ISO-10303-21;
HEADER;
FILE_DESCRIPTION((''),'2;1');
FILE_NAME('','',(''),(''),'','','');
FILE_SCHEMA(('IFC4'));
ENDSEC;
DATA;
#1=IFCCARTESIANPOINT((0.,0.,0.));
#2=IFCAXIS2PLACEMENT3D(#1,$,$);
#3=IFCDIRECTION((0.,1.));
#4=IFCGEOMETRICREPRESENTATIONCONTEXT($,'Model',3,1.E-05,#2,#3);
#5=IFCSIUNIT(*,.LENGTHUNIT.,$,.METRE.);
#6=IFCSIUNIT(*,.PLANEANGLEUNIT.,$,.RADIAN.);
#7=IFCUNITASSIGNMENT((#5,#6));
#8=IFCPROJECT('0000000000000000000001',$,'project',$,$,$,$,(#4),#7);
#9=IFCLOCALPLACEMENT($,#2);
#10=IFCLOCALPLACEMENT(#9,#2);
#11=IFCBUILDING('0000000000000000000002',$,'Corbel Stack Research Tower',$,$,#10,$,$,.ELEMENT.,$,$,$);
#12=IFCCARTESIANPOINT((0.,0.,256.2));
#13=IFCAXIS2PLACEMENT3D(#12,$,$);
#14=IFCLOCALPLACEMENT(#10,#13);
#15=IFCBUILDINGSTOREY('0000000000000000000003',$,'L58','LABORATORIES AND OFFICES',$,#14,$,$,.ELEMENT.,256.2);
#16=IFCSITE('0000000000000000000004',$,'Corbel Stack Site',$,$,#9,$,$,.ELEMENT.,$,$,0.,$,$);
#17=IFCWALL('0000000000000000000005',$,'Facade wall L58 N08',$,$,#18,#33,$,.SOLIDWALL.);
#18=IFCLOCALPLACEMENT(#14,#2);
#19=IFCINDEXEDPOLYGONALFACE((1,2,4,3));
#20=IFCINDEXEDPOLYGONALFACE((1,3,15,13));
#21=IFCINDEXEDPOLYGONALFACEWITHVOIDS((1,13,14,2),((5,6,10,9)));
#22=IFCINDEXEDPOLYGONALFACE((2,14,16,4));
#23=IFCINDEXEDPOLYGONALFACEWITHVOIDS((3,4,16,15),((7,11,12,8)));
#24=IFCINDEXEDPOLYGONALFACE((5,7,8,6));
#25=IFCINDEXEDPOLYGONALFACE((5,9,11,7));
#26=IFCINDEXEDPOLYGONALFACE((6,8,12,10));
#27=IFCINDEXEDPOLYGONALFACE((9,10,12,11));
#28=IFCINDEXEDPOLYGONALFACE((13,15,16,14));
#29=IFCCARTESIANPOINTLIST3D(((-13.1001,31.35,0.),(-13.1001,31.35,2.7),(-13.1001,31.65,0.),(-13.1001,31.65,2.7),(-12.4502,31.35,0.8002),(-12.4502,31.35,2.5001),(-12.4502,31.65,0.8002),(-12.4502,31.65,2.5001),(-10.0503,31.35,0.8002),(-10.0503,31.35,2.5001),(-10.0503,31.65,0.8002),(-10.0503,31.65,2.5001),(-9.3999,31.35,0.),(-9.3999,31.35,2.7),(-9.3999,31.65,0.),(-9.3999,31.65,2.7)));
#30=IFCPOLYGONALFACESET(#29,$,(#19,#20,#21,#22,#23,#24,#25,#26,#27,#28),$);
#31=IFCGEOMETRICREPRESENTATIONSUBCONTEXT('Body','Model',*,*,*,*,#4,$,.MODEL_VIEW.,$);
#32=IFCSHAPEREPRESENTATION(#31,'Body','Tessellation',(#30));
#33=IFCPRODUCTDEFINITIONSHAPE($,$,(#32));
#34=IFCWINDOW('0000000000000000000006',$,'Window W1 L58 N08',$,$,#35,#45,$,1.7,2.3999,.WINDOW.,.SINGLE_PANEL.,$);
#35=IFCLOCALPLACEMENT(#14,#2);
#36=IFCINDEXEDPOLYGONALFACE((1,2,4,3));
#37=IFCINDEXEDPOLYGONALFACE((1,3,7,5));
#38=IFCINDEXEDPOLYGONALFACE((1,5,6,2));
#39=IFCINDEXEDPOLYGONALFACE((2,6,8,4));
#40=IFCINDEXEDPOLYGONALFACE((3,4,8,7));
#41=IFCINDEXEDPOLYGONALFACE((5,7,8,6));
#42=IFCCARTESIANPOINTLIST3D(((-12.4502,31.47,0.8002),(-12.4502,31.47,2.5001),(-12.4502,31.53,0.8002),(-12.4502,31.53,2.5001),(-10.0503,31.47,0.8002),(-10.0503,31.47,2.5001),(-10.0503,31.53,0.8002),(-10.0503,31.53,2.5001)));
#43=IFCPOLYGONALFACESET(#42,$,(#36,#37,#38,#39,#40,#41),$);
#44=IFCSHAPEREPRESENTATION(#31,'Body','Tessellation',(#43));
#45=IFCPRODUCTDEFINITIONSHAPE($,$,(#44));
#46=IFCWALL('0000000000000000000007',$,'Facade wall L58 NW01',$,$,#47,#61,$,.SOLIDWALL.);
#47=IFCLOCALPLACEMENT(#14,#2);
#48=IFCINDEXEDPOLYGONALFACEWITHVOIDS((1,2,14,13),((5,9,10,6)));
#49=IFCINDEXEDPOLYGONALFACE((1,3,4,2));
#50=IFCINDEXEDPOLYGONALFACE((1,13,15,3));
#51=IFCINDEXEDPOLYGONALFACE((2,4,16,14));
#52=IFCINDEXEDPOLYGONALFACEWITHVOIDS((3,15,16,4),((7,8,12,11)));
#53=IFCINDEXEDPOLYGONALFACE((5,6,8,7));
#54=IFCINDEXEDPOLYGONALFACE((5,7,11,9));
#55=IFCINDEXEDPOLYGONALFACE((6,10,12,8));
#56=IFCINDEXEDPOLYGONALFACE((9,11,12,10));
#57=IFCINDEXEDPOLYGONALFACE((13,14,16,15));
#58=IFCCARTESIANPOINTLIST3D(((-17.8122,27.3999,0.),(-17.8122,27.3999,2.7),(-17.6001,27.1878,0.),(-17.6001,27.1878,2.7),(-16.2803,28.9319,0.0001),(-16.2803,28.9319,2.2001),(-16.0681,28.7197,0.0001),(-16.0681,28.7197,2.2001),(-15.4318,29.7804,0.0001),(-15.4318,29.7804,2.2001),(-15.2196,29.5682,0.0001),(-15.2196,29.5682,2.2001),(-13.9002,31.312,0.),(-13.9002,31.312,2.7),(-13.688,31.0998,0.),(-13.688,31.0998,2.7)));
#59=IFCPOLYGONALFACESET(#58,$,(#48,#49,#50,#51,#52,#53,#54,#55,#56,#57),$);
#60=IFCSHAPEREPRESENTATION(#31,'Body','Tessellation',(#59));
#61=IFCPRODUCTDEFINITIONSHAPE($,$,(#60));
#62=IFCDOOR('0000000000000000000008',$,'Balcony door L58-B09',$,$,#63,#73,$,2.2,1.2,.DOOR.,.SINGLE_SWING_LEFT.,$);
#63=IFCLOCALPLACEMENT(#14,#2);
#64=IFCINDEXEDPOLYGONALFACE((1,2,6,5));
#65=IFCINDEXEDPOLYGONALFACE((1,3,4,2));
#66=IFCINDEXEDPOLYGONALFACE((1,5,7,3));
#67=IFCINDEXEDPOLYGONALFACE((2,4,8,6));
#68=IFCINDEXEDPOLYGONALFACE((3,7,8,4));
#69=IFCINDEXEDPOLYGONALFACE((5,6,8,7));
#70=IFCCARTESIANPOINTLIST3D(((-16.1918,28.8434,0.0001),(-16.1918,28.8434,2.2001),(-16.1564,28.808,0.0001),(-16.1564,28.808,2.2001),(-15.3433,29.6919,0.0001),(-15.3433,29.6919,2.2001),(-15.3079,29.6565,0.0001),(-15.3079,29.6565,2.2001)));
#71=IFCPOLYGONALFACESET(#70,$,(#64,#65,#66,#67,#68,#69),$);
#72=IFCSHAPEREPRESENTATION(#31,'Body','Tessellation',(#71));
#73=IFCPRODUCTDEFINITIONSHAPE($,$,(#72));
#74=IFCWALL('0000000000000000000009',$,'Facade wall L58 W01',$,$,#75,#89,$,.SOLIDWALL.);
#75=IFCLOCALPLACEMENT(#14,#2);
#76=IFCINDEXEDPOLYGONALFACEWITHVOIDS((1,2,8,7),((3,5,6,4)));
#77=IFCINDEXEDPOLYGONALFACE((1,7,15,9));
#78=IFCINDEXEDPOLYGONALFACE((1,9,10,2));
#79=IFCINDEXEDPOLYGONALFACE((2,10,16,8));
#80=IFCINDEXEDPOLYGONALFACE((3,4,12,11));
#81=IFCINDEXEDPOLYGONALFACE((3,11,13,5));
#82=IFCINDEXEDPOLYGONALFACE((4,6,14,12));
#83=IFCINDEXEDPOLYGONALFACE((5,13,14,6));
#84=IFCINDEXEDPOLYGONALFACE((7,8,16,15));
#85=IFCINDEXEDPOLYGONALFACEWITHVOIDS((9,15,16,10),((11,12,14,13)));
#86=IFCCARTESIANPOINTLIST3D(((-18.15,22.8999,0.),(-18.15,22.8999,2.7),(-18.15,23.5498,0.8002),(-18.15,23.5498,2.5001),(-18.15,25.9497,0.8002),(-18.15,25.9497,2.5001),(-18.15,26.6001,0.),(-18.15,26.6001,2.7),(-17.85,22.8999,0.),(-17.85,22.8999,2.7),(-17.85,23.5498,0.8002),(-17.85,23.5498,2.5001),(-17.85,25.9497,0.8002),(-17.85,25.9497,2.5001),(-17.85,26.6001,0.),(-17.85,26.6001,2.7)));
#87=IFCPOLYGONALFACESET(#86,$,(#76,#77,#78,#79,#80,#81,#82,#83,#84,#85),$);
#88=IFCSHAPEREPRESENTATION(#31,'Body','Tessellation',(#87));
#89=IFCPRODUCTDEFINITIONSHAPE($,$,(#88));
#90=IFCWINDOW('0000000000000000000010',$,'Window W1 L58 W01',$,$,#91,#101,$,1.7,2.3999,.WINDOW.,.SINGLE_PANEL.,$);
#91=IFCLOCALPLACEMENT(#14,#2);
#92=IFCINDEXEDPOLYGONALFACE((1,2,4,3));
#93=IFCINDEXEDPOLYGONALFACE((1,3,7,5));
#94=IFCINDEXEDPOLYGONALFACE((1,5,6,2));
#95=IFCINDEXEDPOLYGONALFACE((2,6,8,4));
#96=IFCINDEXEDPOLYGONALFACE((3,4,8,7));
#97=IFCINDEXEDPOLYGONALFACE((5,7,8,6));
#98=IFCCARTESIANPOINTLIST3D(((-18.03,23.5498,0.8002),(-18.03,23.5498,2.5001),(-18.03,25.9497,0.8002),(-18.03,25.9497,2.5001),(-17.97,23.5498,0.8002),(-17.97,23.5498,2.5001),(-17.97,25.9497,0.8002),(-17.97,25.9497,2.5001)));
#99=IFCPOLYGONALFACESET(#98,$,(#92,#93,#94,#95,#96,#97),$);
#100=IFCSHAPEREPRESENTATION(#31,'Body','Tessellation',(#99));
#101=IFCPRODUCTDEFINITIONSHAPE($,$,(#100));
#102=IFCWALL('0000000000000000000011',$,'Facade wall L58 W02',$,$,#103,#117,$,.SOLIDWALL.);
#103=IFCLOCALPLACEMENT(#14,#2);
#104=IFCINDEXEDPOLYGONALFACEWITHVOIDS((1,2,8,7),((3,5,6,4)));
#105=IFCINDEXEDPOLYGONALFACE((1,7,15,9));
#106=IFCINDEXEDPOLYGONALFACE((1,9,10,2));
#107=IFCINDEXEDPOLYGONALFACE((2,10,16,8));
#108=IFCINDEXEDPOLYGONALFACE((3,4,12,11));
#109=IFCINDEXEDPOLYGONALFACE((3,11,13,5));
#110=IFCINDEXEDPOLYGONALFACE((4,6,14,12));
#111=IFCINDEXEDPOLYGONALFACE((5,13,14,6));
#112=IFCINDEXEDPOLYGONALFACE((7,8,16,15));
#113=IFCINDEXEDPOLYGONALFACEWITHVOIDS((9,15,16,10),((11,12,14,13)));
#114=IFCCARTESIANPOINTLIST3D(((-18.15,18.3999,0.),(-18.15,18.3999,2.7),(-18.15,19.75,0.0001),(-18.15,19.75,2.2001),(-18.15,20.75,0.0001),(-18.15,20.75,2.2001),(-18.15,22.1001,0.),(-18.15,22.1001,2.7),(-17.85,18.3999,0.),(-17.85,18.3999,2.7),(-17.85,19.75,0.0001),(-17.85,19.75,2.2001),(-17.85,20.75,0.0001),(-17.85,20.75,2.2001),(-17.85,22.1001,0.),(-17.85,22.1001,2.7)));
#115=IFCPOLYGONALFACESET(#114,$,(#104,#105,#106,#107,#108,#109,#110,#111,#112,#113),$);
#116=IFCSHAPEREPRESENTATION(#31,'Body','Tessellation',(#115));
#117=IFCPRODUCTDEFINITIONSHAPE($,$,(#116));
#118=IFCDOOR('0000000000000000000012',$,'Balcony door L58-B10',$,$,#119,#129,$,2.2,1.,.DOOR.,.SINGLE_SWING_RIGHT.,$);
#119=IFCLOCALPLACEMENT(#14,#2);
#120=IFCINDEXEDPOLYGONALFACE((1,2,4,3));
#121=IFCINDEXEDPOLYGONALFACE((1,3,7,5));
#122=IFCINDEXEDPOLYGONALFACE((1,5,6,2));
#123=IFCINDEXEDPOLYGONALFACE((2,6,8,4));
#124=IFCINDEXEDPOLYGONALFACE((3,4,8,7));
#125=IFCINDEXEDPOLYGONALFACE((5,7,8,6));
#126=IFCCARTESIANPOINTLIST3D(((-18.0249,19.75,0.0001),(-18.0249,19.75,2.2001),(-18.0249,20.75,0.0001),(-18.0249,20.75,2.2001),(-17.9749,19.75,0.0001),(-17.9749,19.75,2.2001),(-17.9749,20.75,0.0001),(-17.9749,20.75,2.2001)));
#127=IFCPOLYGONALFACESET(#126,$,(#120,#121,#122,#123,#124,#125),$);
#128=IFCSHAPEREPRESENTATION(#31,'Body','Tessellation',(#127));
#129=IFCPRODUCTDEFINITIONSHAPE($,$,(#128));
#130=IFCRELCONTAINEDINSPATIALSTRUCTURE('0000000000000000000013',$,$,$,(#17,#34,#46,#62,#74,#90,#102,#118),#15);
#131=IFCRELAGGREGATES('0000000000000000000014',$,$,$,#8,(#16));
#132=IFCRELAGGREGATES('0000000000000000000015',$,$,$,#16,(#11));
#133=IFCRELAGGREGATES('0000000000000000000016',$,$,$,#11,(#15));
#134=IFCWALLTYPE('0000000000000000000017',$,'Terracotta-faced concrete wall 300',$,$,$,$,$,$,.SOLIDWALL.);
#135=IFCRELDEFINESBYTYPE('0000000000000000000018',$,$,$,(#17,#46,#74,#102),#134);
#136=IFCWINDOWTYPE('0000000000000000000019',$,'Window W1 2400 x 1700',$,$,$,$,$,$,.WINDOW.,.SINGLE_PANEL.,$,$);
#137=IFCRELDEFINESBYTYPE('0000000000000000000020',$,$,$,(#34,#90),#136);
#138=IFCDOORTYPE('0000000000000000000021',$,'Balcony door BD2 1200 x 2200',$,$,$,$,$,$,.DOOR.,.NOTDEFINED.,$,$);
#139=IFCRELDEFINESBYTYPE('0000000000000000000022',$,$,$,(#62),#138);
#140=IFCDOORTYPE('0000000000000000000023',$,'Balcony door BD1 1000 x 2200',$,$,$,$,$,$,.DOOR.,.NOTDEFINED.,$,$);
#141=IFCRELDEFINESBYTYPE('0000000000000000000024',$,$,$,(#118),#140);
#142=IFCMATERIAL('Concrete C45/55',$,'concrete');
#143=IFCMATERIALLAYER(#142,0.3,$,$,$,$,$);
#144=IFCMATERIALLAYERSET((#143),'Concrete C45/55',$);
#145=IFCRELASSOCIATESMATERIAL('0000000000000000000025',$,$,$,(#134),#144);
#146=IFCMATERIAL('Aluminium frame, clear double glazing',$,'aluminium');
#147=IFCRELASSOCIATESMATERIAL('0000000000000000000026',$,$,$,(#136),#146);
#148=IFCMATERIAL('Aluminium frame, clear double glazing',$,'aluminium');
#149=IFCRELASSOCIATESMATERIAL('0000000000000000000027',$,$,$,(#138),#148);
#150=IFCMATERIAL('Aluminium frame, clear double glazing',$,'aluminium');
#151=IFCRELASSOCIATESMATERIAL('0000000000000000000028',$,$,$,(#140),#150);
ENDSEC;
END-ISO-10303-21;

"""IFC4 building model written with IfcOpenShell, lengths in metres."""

from ifc_helpers import new_model, si_unit, direction, frame, frame_2d, origin, place, context, subcontext, project, spatial, rectangle, extrude, material, layer, layer_set, type_object, element, fill, save


model = new_model("IFC4")

# Units and contexts
model_context = context("Model", 3, precision=1e-05, world=origin(), true_north=direction((0.0, 1.0)))
body_context = subcontext(model_context, "Body", "Model", "MODEL_VIEW")
ifc_project = project(units=[si_unit("LENGTHUNIT", "METRE"), si_unit("PLANEANGLEUNIT", "RADIAN")], contexts=[model_context])

# Site, building, storey
site_placement = place(None, origin())
site = spatial("IfcSite", under=ifc_project, at=site_placement, Name="Corbel Stack Site", CompositionType="ELEMENT", RefElevation=0.0)
building_placement = place(site_placement, origin())
building = spatial("IfcBuilding", under=site, at=building_placement, Name="Corbel Stack Research Tower", CompositionType="ELEMENT")
storey_placement = place(building_placement, frame((0.0, 0.0, 256.2)))
storey = spatial("IfcBuildingStorey", under=building, at=storey_placement, Name="L58", Description="LABORATORIES AND OFFICES", CompositionType="ELEMENT", Elevation=256.2)

# Wall, opening, window
ifc_material_1 = material(Name="Concrete C45/55", Category="concrete")
ifc_layer_1 = layer(ifc_material_1, 0.3)
ifc_layer_set_1 = layer_set([ifc_layer_1], Name="Concrete C45/55")
wall_type_1 = type_object("IfcWallType", Name="Terracotta-faced concrete wall 300", PredefinedType="SOLIDWALL", material=ifc_layer_set_1)
wall_1_placement = place(storey_placement, frame((-13.1001, 31.5, 0.0), z_axis=(0.0, 0.0, 1.0), x_axis=(1.0, 0.0, 0.0)))
wall_1 = element("IfcWall", 1, at=wall_1_placement, inside=storey, type_object=wall_type_1, Name="Facade wall L58 N08", PredefinedType="SOLIDWALL", context=body_context, shape_type="SweptSolid", body=[
    extrude(rectangle(XDim=3.7002, YDim=0.3, at=frame_2d((1.8501, 0.0))), origin(), (0.0, 0.0, 1.0), 2.7),
])
opening_1_placement = place(wall_1_placement, frame((0.6499, 0.0, 0.8)))
opening_1 = element("IfcOpeningElement", 2, at=opening_1_placement, cuts=wall_1, PredefinedType="OPENING", context=body_context, shape_type="SweptSolid", body=[
    extrude(rectangle(XDim=2.3999, YDim=1.7, at=frame_2d((1.2, 0.8501))), frame((0.0, 0.1599, 0.0), z_axis=(0.0, -1.0, 0.0), x_axis=(1.0, 0.0, 0.0)), (0.0, 0.0, 1.0), 0.3201),
])
ifc_material_2 = material(Name="Aluminium frame, clear double glazing", Category="aluminium")
window_type = type_object("IfcWindowType", Name="Window W1 2400 x 1700", PartitioningType="SINGLE_PANEL", PredefinedType="WINDOW", material=ifc_material_2)
window_1_placement = place(opening_1_placement, origin())
window_1 = element("IfcWindow", 3, at=window_1_placement, inside=storey, type_object=window_type, Name="Window W1 L58 N08", OverallHeight=1.7, OverallWidth=2.3999, PartitioningType="SINGLE_PANEL", PredefinedType="WINDOW", context=body_context, shape_type="SweptSolid", body=[
    extrude(rectangle(XDim=2.3999, YDim=1.7, at=frame_2d((1.2, 0.8501))), frame((0.0, 0.03, 0.0), z_axis=(0.0, -1.0, 0.0), x_axis=(1.0, 0.0, 0.0)), (0.0, 0.0, 1.0), 0.0601),
])
fill(opening_1, window_1)

# Wall, opening, door
wall_2_placement = place(storey_placement, frame((-17.7061, 27.2939, 0.0), z_axis=(0.0, 0.0, 1.0), x_axis=(0.707107, 0.707107, 0.0)))
wall_2 = element("IfcWall", 4, at=wall_2_placement, inside=storey, type_object=wall_type_1, Name="Facade wall L58 NW01", PredefinedType="SOLIDWALL", context=body_context, shape_type="SweptSolid", body=[
    extrude(rectangle(XDim=5.5325, YDim=0.3, at=frame_2d((2.7661, 0.0))), origin(), (0.0, 0.0, 1.0), 2.7),
])
opening_2_placement = place(wall_2_placement, frame((2.1663, 0.0, 0.0)))
opening_2 = element("IfcOpeningElement", 5, at=opening_2_placement, cuts=wall_2, PredefinedType="OPENING", context=body_context, shape_type="SweptSolid", body=[
    extrude(rectangle(XDim=1.2, YDim=2.2, at=frame_2d((0.6001, 1.1001))), frame((0.0, 0.1599, 0.0), z_axis=(0.0, -1.0, 0.0), x_axis=(1.0, 0.0, 0.0)), (0.0, 0.0, 1.0), 0.3201),
])
ifc_material_3 = material(Name="Aluminium frame, clear double glazing", Category="aluminium")
door_type_1 = type_object("IfcDoorType", Name="Balcony door BD2 1200 x 2200", OperationType="NOTDEFINED", PredefinedType="DOOR", material=ifc_material_3)
door_1_placement = place(opening_2_placement, origin())
door_1 = element("IfcDoor", 6, at=door_1_placement, inside=storey, type_object=door_type_1, Name="Balcony door L58-B09", OperationType="SINGLE_SWING_LEFT", OverallHeight=2.2, OverallWidth=1.2, PredefinedType="DOOR", context=body_context, shape_type="SweptSolid", body=[
    extrude(rectangle(XDim=1.2, YDim=2.2, at=frame_2d((0.6001, 1.1001))), frame((0.0, 0.0249, 0.0), z_axis=(0.0, -1.0, 0.0), x_axis=(1.0, 0.0, 0.0)), (0.0, 0.0, 1.0), 0.05),
])
fill(opening_2, door_1)

# Wall, opening, window
wall_3_placement = place(storey_placement, frame((-18.0, 22.8999, 0.0), z_axis=(0.0, 0.0, 1.0), x_axis=(0.0, 1.0, 0.0)))
wall_3 = element("IfcWall", 7, at=wall_3_placement, inside=storey, type_object=wall_type_1, Name="Facade wall L58 W01", PredefinedType="SOLIDWALL", context=body_context, shape_type="SweptSolid", body=[
    extrude(rectangle(XDim=3.7002, YDim=0.3, at=frame_2d((1.8501, 0.0))), origin(), (0.0, 0.0, 1.0), 2.7),
])
opening_3_placement = place(wall_3_placement, frame((0.6499, 0.0, 0.8)))
opening_3 = element("IfcOpeningElement", 8, at=opening_3_placement, cuts=wall_3, PredefinedType="OPENING", context=body_context, shape_type="SweptSolid", body=[
    extrude(rectangle(XDim=2.3999, YDim=1.7, at=frame_2d((1.2, 0.8501))), frame((0.0, 0.1599, 0.0), z_axis=(0.0, -1.0, 0.0), x_axis=(1.0, 0.0, 0.0)), (0.0, 0.0, 1.0), 0.3201),
])
window_2_placement = place(opening_3_placement, origin())
window_2 = element("IfcWindow", 9, at=window_2_placement, inside=storey, type_object=window_type, Name="Window W1 L58 W01", OverallHeight=1.7, OverallWidth=2.3999, PartitioningType="SINGLE_PANEL", PredefinedType="WINDOW", context=body_context, shape_type="SweptSolid", body=[
    extrude(rectangle(XDim=2.3999, YDim=1.7, at=frame_2d((1.2, 0.8501))), frame((0.0, 0.03, 0.0), z_axis=(0.0, -1.0, 0.0), x_axis=(1.0, 0.0, 0.0)), (0.0, 0.0, 1.0), 0.0601),
])
fill(opening_3, window_2)

# Wall, opening, door
wall_4_placement = place(storey_placement, frame((-18.0, 18.3999, 0.0), z_axis=(0.0, 0.0, 1.0), x_axis=(0.0, 1.0, 0.0)))
wall_4 = element("IfcWall", 10, at=wall_4_placement, inside=storey, type_object=wall_type_1, Name="Facade wall L58 W02", PredefinedType="SOLIDWALL", context=body_context, shape_type="SweptSolid", body=[
    extrude(rectangle(XDim=3.7002, YDim=0.3, at=frame_2d((1.8501, 0.0))), origin(), (0.0, 0.0, 1.0), 2.7),
])
opening_4_placement = place(wall_4_placement, frame((1.3501, 0.0, 0.0)))
opening_4 = element("IfcOpeningElement", 11, at=opening_4_placement, cuts=wall_4, PredefinedType="OPENING", context=body_context, shape_type="SweptSolid", body=[
    extrude(rectangle(XDim=1.0, YDim=2.2, at=frame_2d((0.5, 1.1001))), frame((0.0, 0.1599, 0.0), z_axis=(0.0, -1.0, 0.0), x_axis=(1.0, 0.0, 0.0)), (0.0, 0.0, 1.0), 0.3201),
])
ifc_material_4 = material(Name="Aluminium frame, clear double glazing", Category="aluminium")
door_type_2 = type_object("IfcDoorType", Name="Balcony door BD1 1000 x 2200", OperationType="NOTDEFINED", PredefinedType="DOOR", material=ifc_material_4)
door_2_placement = place(opening_4_placement, origin())
door_2 = element("IfcDoor", 12, at=door_2_placement, inside=storey, type_object=door_type_2, Name="Balcony door L58-B10", OperationType="SINGLE_SWING_RIGHT", OverallHeight=2.2, OverallWidth=1.0, PredefinedType="DOOR", context=body_context, shape_type="SweptSolid", body=[
    extrude(rectangle(XDim=1.0, YDim=2.2, at=frame_2d((0.5, 1.1001))), frame((0.0, 0.0249, 0.0), z_axis=(0.0, -1.0, 0.0), x_axis=(1.0, 0.0, 0.0)), (0.0, 0.0, 1.0), 0.05),
])
fill(opening_4, door_2)

save(model, "model.ifc")
